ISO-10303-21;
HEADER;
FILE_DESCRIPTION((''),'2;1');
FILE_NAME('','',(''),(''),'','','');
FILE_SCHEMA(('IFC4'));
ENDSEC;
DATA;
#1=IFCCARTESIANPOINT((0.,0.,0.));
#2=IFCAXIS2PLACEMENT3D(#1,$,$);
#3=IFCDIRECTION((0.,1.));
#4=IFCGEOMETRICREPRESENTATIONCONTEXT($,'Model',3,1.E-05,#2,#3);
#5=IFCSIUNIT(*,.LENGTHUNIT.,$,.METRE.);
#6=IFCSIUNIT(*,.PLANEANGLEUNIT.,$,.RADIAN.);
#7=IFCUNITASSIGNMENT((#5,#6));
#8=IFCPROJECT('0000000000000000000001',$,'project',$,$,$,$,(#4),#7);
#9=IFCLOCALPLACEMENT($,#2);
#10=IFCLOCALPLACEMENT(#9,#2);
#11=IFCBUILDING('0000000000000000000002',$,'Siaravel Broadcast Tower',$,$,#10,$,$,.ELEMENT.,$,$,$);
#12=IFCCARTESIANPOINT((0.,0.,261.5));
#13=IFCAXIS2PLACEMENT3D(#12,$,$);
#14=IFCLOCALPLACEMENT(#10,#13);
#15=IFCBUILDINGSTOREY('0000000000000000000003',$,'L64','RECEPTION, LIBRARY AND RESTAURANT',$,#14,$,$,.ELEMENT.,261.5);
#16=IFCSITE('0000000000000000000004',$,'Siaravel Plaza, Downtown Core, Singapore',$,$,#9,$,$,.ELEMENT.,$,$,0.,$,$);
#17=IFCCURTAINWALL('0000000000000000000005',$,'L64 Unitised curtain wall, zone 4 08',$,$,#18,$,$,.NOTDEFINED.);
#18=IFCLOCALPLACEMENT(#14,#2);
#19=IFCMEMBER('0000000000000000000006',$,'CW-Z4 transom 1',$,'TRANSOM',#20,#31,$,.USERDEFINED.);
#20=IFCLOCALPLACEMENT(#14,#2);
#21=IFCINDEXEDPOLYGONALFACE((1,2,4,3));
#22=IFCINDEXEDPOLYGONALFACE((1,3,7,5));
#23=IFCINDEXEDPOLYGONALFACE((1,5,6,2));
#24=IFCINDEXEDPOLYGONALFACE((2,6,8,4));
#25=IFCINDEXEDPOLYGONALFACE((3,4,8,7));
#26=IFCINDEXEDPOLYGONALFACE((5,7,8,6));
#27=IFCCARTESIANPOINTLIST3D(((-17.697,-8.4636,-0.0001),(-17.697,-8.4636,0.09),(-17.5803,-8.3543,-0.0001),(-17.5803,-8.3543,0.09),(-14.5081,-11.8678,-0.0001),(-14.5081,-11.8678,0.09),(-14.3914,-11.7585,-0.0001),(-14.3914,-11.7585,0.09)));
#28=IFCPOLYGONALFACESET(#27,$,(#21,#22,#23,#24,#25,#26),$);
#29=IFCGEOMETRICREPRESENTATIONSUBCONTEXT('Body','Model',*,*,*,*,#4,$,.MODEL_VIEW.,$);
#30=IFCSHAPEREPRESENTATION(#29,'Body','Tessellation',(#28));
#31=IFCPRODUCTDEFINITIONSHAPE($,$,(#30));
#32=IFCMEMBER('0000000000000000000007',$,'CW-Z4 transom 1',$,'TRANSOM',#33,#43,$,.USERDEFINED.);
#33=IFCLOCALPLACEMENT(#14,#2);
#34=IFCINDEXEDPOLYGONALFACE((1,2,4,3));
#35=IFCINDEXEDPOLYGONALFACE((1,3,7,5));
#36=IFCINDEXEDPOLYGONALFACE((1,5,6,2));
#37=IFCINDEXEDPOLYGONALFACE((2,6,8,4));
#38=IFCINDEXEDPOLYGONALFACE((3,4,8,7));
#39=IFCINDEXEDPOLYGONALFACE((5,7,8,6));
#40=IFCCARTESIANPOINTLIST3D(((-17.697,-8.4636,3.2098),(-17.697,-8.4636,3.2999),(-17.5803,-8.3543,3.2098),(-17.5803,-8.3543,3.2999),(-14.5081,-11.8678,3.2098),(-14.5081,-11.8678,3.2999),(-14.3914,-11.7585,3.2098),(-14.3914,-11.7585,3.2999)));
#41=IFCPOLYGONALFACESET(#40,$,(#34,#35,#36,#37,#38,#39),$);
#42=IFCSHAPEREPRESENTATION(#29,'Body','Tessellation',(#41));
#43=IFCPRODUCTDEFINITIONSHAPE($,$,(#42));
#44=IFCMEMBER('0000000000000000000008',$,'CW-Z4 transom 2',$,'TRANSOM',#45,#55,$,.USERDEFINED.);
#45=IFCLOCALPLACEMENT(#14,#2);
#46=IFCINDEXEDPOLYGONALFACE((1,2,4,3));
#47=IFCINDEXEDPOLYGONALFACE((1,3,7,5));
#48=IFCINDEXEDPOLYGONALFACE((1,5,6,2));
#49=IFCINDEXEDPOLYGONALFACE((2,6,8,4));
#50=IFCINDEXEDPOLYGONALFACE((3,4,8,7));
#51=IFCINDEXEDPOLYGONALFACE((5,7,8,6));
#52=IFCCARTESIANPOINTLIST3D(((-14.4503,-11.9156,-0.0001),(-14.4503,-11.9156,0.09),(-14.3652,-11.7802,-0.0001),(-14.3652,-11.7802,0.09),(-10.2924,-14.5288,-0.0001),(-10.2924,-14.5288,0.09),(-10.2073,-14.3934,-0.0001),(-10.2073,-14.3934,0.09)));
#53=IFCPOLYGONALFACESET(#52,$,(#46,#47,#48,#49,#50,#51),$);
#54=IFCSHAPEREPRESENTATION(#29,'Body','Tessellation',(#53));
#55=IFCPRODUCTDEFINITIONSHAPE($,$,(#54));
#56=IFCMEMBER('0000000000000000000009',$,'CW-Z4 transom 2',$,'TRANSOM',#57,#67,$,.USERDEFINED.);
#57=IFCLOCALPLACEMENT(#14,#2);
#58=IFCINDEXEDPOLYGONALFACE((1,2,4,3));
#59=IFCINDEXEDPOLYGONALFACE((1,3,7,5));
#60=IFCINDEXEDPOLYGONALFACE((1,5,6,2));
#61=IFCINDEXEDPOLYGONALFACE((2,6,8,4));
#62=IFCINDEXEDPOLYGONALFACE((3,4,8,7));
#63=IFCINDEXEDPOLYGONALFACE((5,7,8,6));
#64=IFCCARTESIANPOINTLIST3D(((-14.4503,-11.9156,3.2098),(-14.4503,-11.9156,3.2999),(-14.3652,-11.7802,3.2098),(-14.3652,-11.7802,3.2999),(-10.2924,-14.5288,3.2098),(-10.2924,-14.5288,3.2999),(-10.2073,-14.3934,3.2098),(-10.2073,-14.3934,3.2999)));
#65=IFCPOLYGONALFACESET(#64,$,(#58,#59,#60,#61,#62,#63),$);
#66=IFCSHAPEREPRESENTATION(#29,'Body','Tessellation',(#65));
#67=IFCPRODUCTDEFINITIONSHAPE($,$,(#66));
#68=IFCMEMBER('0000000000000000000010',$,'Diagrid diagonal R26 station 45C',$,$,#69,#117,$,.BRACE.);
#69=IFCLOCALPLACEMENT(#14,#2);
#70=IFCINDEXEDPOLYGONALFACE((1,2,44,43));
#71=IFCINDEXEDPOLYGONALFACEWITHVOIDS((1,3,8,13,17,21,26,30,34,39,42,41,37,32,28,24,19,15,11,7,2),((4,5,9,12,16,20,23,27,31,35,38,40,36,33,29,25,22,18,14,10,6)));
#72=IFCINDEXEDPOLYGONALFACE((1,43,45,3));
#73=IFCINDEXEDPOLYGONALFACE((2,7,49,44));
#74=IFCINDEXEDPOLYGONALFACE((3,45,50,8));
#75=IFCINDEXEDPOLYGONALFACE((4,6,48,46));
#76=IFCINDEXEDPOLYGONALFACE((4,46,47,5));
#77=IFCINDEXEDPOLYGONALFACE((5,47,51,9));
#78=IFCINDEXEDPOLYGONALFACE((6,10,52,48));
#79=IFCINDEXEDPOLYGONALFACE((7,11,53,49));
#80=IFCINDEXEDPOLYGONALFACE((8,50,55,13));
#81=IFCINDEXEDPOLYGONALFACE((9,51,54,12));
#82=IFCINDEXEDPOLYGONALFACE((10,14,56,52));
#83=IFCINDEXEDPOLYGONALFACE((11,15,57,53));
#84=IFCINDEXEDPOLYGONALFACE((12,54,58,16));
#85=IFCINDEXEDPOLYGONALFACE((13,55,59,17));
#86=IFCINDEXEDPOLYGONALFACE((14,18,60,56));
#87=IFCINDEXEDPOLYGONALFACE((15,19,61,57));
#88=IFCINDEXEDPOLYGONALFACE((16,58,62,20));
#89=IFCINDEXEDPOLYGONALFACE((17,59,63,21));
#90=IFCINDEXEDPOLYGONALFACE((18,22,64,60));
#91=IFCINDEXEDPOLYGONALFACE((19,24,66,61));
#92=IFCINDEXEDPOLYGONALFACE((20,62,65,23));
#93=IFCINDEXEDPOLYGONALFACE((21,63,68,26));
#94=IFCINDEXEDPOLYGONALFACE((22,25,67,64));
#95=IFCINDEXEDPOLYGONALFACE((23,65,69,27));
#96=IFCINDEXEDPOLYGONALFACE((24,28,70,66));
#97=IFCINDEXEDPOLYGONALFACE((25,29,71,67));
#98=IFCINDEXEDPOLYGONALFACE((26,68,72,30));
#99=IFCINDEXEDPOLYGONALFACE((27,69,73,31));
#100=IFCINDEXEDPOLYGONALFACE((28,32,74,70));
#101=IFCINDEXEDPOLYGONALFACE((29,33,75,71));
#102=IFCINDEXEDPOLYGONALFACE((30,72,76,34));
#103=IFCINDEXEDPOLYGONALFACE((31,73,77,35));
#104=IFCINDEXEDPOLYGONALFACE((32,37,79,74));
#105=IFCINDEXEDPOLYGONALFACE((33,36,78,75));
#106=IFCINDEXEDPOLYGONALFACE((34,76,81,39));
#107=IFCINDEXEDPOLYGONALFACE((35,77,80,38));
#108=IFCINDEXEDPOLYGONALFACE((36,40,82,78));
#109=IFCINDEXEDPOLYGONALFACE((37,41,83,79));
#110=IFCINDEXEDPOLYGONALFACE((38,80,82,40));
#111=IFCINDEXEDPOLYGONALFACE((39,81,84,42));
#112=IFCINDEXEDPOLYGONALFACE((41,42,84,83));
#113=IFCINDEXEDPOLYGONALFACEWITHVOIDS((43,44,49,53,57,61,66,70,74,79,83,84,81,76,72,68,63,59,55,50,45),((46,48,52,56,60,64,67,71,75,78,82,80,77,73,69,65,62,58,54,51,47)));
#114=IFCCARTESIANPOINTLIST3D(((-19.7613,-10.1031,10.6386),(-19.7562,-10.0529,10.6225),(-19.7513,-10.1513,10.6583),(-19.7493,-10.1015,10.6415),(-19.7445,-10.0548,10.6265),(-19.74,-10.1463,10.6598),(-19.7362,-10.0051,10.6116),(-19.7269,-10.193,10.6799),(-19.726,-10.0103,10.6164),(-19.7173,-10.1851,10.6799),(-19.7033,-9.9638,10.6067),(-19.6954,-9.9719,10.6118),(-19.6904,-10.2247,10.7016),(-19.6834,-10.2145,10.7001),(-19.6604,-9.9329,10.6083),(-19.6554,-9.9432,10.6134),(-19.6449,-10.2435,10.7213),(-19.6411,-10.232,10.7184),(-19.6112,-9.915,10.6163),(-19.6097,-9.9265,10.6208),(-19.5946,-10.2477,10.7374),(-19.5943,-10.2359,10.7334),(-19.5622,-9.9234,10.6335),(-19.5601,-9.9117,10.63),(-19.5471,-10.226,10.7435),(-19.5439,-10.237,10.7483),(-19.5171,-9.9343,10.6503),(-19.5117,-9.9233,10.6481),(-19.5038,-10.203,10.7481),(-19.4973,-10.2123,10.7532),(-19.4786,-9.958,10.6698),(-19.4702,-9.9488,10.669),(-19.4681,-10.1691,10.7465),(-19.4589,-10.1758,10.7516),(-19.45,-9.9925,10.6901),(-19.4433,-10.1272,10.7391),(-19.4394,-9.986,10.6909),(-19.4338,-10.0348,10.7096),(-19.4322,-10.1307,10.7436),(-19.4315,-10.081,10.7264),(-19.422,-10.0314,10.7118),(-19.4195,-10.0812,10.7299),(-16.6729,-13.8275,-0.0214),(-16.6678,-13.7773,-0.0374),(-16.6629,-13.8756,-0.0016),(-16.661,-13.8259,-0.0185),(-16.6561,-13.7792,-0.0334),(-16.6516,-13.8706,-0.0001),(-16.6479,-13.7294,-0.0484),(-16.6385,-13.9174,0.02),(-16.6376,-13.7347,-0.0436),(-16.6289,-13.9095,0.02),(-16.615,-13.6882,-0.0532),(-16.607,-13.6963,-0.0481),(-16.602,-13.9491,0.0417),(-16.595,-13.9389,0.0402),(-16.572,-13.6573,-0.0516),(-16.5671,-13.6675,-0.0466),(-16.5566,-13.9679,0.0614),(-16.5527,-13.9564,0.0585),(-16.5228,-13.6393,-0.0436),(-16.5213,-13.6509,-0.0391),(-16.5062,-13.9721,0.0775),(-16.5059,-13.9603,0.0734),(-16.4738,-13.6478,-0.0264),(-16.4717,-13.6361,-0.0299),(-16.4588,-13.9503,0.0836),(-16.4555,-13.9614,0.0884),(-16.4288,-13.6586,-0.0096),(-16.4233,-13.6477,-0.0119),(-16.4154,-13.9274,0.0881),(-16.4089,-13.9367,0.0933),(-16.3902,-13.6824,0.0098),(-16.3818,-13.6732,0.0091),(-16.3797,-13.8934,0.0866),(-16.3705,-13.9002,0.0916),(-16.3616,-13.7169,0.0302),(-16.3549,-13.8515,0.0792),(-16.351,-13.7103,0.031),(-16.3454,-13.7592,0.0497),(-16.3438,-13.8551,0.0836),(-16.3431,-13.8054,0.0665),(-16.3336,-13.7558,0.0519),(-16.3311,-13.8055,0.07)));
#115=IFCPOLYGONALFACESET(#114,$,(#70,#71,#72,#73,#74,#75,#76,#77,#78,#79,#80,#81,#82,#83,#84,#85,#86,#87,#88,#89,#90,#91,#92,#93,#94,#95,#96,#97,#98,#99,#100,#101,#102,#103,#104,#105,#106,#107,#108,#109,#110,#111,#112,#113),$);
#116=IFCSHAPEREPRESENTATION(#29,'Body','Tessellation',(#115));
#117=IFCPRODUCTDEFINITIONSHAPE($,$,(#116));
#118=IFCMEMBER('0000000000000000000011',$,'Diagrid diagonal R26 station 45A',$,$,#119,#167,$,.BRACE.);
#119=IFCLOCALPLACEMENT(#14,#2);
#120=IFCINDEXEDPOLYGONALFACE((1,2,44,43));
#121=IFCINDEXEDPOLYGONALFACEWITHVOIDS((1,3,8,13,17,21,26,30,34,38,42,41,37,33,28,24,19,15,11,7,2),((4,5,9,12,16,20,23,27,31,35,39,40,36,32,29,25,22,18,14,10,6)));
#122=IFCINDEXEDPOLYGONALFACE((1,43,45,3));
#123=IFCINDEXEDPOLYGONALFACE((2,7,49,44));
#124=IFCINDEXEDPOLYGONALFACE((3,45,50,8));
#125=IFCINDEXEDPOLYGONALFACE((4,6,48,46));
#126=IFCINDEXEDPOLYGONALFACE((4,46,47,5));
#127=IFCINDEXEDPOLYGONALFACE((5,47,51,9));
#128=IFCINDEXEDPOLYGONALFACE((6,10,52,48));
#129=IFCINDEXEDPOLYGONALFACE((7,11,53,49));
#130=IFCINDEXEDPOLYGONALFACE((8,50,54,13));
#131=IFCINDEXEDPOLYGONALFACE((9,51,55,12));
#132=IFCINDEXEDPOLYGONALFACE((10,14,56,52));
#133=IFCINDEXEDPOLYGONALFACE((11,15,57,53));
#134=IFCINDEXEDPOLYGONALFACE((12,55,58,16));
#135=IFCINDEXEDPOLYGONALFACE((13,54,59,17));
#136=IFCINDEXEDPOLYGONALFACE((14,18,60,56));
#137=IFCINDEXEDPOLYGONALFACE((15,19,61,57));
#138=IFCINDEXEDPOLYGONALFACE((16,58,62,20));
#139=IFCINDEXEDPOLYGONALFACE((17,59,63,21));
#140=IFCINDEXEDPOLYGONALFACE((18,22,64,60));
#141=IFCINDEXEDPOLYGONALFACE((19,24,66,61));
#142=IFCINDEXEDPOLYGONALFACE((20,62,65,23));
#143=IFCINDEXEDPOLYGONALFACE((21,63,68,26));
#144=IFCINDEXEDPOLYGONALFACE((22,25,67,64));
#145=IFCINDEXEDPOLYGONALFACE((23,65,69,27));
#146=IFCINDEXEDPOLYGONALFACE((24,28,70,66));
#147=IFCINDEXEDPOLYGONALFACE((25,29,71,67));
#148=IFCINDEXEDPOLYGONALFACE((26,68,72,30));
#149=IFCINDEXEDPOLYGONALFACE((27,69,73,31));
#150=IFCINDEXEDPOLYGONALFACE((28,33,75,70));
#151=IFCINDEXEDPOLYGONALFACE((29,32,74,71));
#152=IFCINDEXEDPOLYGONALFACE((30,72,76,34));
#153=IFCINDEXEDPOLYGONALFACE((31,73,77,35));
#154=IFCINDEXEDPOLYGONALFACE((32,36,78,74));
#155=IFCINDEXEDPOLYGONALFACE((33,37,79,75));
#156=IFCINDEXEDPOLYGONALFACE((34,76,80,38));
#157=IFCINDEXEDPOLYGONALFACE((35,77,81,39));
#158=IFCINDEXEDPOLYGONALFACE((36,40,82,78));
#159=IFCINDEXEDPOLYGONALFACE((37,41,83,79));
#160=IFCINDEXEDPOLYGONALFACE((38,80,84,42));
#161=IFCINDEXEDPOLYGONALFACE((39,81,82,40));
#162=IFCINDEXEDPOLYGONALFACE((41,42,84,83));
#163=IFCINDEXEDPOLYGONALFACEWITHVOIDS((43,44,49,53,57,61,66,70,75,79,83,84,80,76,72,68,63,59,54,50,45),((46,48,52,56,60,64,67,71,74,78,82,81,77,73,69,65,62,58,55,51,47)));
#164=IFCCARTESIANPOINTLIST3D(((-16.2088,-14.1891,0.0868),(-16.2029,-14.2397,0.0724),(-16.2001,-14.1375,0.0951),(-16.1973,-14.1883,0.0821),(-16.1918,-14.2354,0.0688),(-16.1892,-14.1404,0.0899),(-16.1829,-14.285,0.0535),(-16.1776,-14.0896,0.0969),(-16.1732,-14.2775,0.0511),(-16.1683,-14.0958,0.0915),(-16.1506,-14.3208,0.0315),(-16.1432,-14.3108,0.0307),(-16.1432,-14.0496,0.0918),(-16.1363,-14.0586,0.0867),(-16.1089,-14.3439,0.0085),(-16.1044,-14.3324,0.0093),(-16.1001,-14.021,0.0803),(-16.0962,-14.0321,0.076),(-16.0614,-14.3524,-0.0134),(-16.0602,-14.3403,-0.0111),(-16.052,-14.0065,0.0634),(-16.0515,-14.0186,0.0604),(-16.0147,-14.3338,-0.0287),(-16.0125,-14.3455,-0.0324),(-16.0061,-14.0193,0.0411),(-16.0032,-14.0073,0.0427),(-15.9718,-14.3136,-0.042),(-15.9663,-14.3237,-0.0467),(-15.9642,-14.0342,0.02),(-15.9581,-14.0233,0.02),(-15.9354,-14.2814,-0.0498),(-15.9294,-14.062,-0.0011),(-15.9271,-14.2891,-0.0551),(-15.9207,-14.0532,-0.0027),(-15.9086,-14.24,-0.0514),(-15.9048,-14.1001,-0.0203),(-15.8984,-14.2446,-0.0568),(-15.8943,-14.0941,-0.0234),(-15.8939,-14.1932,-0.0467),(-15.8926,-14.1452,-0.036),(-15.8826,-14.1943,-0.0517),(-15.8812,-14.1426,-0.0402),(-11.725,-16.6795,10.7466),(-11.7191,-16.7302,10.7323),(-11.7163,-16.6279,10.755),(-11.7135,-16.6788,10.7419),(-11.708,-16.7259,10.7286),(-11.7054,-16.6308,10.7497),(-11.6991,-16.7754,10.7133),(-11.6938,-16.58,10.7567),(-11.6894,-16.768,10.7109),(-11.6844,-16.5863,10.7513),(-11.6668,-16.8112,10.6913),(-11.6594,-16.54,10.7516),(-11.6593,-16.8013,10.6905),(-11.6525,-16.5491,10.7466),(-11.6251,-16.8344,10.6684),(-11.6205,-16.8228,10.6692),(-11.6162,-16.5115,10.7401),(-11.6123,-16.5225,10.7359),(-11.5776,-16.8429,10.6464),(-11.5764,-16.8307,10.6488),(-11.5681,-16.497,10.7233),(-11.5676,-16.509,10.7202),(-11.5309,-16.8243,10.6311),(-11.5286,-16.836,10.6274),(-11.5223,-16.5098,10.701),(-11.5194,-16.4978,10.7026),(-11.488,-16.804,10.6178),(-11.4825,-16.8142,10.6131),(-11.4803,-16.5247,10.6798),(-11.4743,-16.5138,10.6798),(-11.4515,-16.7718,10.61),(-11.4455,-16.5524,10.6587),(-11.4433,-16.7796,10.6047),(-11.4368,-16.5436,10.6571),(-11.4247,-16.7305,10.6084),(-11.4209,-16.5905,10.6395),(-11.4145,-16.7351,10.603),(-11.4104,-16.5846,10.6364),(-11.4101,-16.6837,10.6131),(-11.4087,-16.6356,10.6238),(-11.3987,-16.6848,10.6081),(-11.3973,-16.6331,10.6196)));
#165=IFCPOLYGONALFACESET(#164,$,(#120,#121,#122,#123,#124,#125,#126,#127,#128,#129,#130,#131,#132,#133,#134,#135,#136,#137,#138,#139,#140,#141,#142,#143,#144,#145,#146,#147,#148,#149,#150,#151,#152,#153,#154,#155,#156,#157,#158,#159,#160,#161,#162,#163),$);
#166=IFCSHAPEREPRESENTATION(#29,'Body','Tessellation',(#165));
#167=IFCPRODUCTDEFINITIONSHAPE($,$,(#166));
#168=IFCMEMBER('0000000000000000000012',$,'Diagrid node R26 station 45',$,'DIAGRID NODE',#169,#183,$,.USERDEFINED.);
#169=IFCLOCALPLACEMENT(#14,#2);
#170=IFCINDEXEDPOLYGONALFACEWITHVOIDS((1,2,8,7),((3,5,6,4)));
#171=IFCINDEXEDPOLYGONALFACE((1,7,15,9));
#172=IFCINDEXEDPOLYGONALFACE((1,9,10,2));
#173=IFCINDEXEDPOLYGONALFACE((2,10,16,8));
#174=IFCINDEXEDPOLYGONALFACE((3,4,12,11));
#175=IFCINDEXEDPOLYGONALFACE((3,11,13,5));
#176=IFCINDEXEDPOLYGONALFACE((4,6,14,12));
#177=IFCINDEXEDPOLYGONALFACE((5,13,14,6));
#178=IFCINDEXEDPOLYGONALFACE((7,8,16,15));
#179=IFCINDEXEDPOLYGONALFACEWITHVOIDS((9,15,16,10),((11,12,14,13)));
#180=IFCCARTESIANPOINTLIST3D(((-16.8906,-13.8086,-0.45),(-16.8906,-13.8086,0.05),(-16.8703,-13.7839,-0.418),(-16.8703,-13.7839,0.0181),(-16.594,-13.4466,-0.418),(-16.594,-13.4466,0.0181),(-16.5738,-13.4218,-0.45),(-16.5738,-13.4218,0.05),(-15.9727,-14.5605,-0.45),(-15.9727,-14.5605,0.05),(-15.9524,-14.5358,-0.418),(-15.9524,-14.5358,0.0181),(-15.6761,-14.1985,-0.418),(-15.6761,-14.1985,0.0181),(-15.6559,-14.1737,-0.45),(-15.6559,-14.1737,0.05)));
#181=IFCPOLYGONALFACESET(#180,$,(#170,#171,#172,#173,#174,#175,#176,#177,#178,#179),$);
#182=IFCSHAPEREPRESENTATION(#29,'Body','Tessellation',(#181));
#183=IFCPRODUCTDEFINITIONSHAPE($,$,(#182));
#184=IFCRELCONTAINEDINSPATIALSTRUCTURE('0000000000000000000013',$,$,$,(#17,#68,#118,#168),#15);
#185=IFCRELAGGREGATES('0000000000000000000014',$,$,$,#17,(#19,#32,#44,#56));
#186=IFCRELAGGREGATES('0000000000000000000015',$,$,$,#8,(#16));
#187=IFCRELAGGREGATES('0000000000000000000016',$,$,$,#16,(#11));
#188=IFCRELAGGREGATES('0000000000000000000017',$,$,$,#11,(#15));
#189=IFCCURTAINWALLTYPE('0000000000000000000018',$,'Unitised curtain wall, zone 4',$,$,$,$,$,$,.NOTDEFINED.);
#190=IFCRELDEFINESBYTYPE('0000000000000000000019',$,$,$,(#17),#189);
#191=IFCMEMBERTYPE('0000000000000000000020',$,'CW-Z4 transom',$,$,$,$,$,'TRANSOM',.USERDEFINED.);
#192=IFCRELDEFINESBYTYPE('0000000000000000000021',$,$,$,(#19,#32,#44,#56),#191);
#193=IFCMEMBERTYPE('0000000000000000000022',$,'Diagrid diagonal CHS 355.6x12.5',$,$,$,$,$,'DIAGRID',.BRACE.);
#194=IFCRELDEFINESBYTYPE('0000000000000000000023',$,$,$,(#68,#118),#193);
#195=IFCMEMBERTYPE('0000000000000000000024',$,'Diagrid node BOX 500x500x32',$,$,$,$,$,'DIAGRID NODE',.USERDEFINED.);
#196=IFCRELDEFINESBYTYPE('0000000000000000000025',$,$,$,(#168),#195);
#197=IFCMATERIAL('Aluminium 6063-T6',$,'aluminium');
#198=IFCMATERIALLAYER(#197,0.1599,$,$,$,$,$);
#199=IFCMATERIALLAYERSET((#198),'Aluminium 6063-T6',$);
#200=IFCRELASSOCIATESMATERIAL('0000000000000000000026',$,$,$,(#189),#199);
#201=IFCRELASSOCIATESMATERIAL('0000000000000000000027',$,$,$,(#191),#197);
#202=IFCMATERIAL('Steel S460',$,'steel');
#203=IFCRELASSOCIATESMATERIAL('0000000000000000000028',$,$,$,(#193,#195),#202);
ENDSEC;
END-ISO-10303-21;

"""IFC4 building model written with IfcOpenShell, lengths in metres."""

from ifc_helpers import new_model, si_unit, direction, frame, origin, origin_2d, place, context, subcontext, project, spatial, rectangle, hollow_rectangle, hollow_circle, extrude, material, layer, layer_set, material_profile, profile_set, type_object, element, aggregate, save


model = new_model("IFC4")

# Units and contexts
model_context = context("Model", 3, precision=1e-05, world=origin(), true_north=direction((0.0, 1.0)))
body_context = subcontext(model_context, "Body", "Model", "MODEL_VIEW")
ifc_project = project(units=[si_unit("LENGTHUNIT", "METRE"), si_unit("PLANEANGLEUNIT", "RADIAN")], contexts=[model_context])

# Site, building, storey
site_placement = place(None, origin())
site = spatial("IfcSite", under=ifc_project, at=site_placement, Name="Siaravel Plaza, Downtown Core, Singapore", CompositionType="ELEMENT", RefElevation=0.0)
building_placement = place(site_placement, origin())
building = spatial("IfcBuilding", under=site, at=building_placement, Name="Siaravel Broadcast Tower", CompositionType="ELEMENT")
storey_placement = place(building_placement, frame((0.0, 0.0, 261.5)))
storey = spatial("IfcBuildingStorey", under=building, at=storey_placement, Name="L64", Description="RECEPTION, LIBRARY AND RESTAURANT", CompositionType="ELEMENT", Elevation=261.5)

# Shared definitions
ifc_material_1 = material(Name="Aluminium 6063-T6", Category="aluminium")
ifc_layer_1 = layer(ifc_material_1, 0.1599)
ifc_layer_set_1 = layer_set([ifc_layer_1], Name="Aluminium 6063-T6")
curtain_wall_type = type_object("IfcCurtainWallType", Name="Unitised curtain wall, zone 4", PredefinedType="NOTDEFINED", material=ifc_layer_set_1)

# Curtain wall, members
curtain_wall_1_placement = place(storey_placement, origin())
curtain_wall_1 = element("IfcCurtainWall", 1, at=curtain_wall_1_placement, inside=storey, type_object=curtain_wall_type, Name="L64 Unitised curtain wall, zone 4 08", PredefinedType="NOTDEFINED")
ifc_material_profile_1 = material_profile(ifc_material_1, rectangle(XDim=0.1599, YDim=0.0901, at=origin_2d()))
ifc_profile_set_1 = profile_set([ifc_material_profile_1], Name="Aluminium 6063-T6")
member_type_1 = type_object("IfcMemberType", Name="CW-Z4 transom", ElementType="TRANSOM", PredefinedType="USERDEFINED", material=ifc_profile_set_1)
member_1_placement = place(storey_placement, frame((-17.6387, -8.4089, 0.0449), z_axis=(0.683649, -0.729811, 0.0), x_axis=(0.729811, 0.683649, 0.0)))
member_1 = element("IfcMember", 2, at=member_1_placement, type_object=member_type_1, Name="CW-Z4 transom 1", ObjectType="TRANSOM", PredefinedType="USERDEFINED", context=body_context, shape_type="SweptSolid", body=[
    extrude(rectangle(XDim=0.1599, YDim=0.0901, at=origin_2d()), origin(), (0.0, 0.0, 1.0), 4.6646),
])
member_2_placement = place(storey_placement, frame((-17.6387, -8.4089, 3.2549), z_axis=(0.683649, -0.729811, 0.0), x_axis=(0.729811, 0.683649, 0.0)))
member_2 = element("IfcMember", 3, at=member_2_placement, type_object=member_type_1, Name="CW-Z4 transom 1", ObjectType="TRANSOM", PredefinedType="USERDEFINED", context=body_context, shape_type="SweptSolid", body=[
    extrude(rectangle(XDim=0.1599, YDim=0.0901, at=origin_2d()), origin(), (0.0, 0.0, 1.0), 4.6646),
])
member_3_placement = place(storey_placement, frame((-14.4077, -11.8479, 0.0449), z_axis=(0.846663, -0.532129, 0.0), x_axis=(0.532129, 0.846663, 0.0)))
member_3 = element("IfcMember", 4, at=member_3_placement, type_object=member_type_1, Name="CW-Z4 transom 2", ObjectType="TRANSOM", PredefinedType="USERDEFINED", context=body_context, shape_type="SweptSolid", body=[
    extrude(rectangle(XDim=0.1599, YDim=0.0901, at=origin_2d()), origin(), (0.0, 0.0, 1.0), 4.9109),
])
member_4_placement = place(storey_placement, frame((-14.4077, -11.8479, 3.2549), z_axis=(0.846663, -0.532129, 0.0), x_axis=(0.532129, 0.846663, 0.0)))
member_4 = element("IfcMember", 5, at=member_4_placement, type_object=member_type_1, Name="CW-Z4 transom 2", ObjectType="TRANSOM", PredefinedType="USERDEFINED", context=body_context, shape_type="SweptSolid", body=[
    extrude(rectangle(XDim=0.1599, YDim=0.0901, at=origin_2d()), origin(), (0.0, 0.0, 1.0), 4.9109),
])

# Members
ifc_material_2 = material(Name="Steel S460", Category="steel")
ifc_material_profile_2 = material_profile(ifc_material_2, hollow_circle(Radius=0.1777, WallThickness=0.0125, at=origin_2d()))
ifc_profile_set_2 = profile_set([ifc_material_profile_2], Name="Steel S460")
member_type_2 = type_object("IfcMemberType", Name="Diagrid diagonal CHS 355.6x12.5", ElementType="DIAGRID", PredefinedType="BRACE", material=ifc_profile_set_2)
member_5_placement = place(storey_placement, frame((-16.5017, -13.804, 0.02), z_axis=(-0.263817, 0.318144, 0.910596), x_axis=(-0.76977, -0.638321, 0.0)))
element("IfcMember", 6, at=member_5_placement, inside=storey, type_object=member_type_2, Name="Diagrid diagonal R26 station 45C", PredefinedType="BRACE", context=body_context, shape_type="SweptSolid", body=[
    extrude(hollow_circle(Radius=0.1777, WallThickness=0.0125, at=origin_2d()), origin(), (0.0, 0.0, 1.0), 11.7065),
])
member_6_placement = place(storey_placement, frame((-16.0444, -14.1787, 0.02), z_axis=(0.379037, -0.210528, 0.901115), x_axis=(0.485558, 0.874204, 0.0)))
element("IfcMember", 7, at=member_6_placement, inside=storey, type_object=member_type_2, Name="Diagrid diagonal R26 station 45A", PredefinedType="BRACE", context=body_context, shape_type="SweptSolid", body=[
    extrude(hollow_circle(Radius=0.1777, WallThickness=0.0125, at=origin_2d()), origin(), (0.0, 0.0, 1.0), 11.8296),
])
ifc_material_profile_3 = material_profile(ifc_material_2, hollow_rectangle(XDim=0.5, YDim=0.5, WallThickness=0.032, at=origin_2d()))
ifc_profile_set_3 = profile_set([ifc_material_profile_3], Name="Steel S460")
member_type_3 = type_object("IfcMemberType", Name="Diagrid node BOX 500x500x32", ElementType="DIAGRID NODE", PredefinedType="USERDEFINED", material=ifc_profile_set_3)
member_7_placement = place(storey_placement, frame((-16.7322, -13.6152, -0.2), z_axis=(0.77359, -0.633686, 0.0), x_axis=(0.633686, 0.77359, 0.0)))
element("IfcMember", 8, at=member_7_placement, inside=storey, type_object=member_type_3, Name="Diagrid node R26 station 45", ObjectType="DIAGRID NODE", PredefinedType="USERDEFINED", context=body_context, shape_type="SweptSolid", body=[
    extrude(hollow_rectangle(XDim=0.5, YDim=0.5, WallThickness=0.032, at=origin_2d()), origin(), (0.0, 0.0, 1.0), 1.1865),
])

aggregate(curtain_wall_1, [member_1, member_2, member_3, member_4])

save(model, "model.ifc")
